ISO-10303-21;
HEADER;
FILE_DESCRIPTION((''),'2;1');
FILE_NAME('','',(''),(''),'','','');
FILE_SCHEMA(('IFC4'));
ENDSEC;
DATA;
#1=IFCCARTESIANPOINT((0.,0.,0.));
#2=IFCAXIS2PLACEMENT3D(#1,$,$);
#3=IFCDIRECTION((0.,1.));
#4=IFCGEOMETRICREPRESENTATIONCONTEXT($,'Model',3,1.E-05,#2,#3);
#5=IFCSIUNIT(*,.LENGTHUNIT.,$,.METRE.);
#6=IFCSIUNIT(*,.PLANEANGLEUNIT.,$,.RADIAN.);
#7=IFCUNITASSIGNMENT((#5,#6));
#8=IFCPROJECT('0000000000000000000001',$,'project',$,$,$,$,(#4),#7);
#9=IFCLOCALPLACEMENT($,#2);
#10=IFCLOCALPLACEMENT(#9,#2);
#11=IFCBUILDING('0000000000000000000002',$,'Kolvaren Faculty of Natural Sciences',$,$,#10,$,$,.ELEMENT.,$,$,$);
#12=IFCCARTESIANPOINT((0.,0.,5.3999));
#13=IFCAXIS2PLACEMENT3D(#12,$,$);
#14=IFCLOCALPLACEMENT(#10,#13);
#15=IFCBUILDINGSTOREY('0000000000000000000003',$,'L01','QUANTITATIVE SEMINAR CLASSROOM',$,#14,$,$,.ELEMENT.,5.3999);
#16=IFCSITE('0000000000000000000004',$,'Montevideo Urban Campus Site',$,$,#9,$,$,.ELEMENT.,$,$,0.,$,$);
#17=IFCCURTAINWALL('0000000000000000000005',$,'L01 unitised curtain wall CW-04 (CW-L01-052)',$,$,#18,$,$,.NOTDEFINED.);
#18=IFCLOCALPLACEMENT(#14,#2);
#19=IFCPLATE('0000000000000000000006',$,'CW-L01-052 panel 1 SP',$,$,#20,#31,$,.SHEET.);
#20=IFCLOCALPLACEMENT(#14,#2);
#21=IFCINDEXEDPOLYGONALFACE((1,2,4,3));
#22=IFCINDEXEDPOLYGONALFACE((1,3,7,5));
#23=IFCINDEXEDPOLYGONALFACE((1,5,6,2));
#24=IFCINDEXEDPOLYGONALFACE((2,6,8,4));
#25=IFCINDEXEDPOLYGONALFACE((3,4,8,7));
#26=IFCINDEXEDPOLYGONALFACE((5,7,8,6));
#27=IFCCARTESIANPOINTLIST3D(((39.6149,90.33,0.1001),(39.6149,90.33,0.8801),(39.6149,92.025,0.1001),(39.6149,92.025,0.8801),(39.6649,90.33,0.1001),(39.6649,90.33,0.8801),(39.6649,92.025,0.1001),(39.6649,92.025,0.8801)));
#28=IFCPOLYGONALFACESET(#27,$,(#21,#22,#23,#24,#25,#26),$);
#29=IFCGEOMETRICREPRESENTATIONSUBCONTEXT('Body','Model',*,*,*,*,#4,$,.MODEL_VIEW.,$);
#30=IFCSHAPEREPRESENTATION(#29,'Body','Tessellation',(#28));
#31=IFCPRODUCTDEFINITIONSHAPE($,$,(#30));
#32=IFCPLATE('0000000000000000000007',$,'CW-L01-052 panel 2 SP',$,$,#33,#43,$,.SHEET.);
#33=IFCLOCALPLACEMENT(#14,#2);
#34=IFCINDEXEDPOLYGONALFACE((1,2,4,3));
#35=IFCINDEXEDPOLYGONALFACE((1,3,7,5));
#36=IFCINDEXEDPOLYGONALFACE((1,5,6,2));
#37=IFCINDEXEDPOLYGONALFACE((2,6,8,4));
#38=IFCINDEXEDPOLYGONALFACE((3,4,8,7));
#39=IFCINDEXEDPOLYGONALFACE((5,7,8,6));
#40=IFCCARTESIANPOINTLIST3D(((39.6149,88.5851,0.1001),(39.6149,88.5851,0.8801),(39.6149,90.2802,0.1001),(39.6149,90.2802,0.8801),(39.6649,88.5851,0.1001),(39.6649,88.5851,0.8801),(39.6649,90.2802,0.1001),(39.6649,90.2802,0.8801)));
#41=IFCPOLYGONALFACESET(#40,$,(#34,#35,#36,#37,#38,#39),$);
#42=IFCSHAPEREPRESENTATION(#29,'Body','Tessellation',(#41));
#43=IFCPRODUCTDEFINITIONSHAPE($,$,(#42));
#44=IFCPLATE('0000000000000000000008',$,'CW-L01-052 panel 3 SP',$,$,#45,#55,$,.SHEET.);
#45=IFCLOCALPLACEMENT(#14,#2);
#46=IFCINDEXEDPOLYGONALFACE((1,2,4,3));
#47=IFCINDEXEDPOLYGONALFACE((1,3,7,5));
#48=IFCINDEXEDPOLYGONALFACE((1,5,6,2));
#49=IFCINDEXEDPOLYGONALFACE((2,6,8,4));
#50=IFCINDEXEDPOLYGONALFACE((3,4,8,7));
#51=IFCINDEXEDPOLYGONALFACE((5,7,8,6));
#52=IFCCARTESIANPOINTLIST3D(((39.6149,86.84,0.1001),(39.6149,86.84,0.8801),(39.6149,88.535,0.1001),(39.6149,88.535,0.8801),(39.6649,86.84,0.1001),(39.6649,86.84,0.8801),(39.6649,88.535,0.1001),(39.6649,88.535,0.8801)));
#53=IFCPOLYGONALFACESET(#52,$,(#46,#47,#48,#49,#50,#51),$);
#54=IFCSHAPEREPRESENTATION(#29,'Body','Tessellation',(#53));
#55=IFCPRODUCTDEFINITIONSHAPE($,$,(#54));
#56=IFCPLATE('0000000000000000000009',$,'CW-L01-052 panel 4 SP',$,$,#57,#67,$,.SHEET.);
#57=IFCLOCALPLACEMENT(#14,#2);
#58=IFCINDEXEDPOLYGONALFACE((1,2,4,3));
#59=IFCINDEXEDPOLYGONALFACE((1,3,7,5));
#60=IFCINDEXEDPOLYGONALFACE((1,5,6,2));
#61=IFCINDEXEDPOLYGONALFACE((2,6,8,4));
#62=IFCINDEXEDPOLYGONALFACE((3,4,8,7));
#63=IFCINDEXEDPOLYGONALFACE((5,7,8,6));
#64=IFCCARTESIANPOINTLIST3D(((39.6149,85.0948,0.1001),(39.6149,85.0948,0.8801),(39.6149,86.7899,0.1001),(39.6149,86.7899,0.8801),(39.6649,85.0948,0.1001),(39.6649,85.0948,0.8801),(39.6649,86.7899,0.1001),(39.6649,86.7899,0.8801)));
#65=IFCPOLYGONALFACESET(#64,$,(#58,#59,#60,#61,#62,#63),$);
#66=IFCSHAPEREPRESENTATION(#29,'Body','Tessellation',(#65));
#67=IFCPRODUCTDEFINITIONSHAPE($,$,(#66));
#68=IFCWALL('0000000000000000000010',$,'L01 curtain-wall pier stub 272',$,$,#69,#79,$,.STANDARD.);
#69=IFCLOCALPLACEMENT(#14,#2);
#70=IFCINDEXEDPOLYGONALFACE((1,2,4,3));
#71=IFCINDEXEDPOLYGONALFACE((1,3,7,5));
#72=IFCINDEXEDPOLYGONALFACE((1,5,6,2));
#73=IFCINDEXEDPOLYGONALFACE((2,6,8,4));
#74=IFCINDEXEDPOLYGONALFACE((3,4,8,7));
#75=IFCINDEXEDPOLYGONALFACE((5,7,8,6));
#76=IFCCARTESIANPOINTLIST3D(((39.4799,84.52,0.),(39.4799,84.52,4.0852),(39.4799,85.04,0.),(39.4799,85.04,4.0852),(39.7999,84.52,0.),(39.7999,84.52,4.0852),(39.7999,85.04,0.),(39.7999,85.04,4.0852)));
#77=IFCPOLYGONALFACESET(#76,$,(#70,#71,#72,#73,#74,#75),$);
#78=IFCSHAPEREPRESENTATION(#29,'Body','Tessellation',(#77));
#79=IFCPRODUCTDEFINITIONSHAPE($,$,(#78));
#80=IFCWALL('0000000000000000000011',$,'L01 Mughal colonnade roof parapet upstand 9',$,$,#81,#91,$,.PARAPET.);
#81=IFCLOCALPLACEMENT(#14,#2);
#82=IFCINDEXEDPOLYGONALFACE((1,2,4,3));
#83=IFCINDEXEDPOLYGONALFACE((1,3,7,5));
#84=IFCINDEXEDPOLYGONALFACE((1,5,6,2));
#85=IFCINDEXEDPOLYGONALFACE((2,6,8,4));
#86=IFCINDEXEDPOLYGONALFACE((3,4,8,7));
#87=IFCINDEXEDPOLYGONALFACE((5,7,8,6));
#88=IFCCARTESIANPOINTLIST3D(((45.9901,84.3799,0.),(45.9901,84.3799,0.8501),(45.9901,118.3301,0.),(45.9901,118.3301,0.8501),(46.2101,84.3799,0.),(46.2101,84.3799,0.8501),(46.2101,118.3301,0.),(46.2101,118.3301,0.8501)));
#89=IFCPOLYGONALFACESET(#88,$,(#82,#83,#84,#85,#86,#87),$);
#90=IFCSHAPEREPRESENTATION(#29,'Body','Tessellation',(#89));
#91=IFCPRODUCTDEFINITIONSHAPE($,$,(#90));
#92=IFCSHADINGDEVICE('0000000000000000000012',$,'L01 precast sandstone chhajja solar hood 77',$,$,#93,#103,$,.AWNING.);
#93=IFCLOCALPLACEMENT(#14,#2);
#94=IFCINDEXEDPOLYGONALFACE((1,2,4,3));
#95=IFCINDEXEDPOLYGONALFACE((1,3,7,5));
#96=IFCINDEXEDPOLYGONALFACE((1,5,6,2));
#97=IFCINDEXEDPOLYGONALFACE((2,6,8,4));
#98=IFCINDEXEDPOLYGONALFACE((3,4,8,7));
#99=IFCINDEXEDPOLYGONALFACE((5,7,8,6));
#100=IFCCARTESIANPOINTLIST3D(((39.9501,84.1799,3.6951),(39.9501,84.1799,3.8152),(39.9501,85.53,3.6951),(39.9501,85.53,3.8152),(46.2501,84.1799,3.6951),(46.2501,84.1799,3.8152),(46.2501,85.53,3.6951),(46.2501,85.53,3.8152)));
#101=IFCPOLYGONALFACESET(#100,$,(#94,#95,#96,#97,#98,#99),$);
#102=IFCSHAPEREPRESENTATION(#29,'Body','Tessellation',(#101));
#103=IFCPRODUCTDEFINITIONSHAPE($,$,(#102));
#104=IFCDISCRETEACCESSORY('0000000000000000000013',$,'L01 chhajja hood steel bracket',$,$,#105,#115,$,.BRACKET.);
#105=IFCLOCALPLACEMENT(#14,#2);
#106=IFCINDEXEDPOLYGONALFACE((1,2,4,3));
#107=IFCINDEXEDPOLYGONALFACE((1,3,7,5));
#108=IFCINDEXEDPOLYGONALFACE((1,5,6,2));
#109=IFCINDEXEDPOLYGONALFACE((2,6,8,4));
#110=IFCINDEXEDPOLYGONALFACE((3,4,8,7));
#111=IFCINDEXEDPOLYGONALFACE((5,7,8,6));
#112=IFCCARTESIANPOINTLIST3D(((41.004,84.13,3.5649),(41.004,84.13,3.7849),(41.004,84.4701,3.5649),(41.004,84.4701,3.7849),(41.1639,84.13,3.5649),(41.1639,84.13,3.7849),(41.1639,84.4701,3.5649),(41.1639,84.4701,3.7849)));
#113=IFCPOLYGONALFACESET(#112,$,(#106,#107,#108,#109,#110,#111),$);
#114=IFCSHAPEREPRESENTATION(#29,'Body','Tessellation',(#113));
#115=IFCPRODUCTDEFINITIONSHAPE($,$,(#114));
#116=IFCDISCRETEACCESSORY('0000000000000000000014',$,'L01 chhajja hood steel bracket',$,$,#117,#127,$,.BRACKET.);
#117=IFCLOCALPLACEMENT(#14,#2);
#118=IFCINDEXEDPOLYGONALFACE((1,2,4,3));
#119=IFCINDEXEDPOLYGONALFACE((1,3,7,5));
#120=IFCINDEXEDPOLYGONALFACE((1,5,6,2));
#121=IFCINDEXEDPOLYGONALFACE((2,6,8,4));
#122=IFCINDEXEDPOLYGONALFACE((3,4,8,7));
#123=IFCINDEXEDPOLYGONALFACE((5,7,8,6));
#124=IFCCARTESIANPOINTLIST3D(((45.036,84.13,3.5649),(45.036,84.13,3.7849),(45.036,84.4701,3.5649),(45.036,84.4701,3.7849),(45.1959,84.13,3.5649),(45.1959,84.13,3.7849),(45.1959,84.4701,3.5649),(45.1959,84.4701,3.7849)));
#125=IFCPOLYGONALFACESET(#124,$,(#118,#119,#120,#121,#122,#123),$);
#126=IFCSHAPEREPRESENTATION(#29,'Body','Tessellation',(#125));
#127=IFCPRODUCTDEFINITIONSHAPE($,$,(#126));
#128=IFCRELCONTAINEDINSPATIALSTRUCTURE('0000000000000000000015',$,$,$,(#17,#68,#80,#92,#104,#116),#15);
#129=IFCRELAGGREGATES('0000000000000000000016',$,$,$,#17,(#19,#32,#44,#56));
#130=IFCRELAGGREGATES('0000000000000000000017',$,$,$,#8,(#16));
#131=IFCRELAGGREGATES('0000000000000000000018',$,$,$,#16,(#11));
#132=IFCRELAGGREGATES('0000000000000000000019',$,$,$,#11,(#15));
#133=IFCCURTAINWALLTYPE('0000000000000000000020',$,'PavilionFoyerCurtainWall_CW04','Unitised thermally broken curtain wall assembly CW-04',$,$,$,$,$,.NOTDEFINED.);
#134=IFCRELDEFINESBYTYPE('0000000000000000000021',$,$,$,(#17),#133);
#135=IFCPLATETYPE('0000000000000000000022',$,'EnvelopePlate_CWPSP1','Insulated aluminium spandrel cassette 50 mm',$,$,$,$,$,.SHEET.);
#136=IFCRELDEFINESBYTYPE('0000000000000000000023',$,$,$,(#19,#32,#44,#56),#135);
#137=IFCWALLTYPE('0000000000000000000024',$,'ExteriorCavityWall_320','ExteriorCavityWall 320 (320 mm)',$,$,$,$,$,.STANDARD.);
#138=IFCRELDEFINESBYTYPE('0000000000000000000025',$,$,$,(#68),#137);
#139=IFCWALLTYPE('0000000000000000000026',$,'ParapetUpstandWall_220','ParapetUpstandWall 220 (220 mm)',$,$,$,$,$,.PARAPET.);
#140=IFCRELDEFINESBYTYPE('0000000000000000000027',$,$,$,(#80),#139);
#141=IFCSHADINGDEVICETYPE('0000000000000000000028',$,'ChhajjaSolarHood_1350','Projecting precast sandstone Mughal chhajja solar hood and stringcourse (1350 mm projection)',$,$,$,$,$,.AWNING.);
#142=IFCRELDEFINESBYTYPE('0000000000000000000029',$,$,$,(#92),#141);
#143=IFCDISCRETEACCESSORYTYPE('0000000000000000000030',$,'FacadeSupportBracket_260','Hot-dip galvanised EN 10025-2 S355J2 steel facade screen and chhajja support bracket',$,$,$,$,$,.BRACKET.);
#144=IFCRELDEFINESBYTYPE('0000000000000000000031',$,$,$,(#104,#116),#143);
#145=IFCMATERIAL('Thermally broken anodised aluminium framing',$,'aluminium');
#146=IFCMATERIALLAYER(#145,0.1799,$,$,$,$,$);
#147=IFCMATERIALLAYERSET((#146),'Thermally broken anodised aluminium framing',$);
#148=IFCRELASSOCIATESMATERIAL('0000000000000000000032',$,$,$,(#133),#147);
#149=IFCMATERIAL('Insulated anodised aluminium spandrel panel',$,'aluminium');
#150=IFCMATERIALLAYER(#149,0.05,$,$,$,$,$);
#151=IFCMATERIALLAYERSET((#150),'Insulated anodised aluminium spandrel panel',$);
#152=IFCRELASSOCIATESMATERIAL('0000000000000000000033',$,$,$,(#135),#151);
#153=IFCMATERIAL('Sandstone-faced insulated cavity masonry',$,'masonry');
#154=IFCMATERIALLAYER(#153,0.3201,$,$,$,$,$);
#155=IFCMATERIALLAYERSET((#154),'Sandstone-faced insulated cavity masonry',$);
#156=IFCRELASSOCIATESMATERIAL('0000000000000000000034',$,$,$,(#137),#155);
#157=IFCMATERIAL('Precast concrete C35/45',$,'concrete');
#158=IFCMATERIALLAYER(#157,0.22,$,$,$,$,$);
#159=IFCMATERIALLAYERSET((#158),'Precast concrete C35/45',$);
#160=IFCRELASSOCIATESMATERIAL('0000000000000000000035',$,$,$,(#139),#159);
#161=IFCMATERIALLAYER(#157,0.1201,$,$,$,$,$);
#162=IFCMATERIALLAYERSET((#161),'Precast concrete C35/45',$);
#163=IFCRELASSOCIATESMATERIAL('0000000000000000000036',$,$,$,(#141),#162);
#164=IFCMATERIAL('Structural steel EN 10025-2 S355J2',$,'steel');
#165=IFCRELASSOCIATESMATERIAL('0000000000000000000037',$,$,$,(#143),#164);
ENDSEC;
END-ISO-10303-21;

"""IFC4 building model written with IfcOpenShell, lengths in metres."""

from ifc_helpers import new_model, si_unit, direction, frame, frame_2d, origin, origin_2d, place, context, subcontext, project, spatial, rectangle, extrude, material, layer, layer_set, type_object, element, aggregate, save


model = new_model("IFC4")

# Units and contexts
model_context = context("Model", 3, precision=1e-05, world=origin(), true_north=direction((0.0, 1.0)))
body_context = subcontext(model_context, "Body", "Model", "MODEL_VIEW")
ifc_project = project(units=[si_unit("LENGTHUNIT", "METRE"), si_unit("PLANEANGLEUNIT", "RADIAN")], contexts=[model_context])

# Site, building, storey
site_placement = place(None, origin())
site = spatial("IfcSite", under=ifc_project, at=site_placement, Name="Montevideo Urban Campus Site", CompositionType="ELEMENT", RefElevation=0.0)
building_placement = place(site_placement, origin())
building = spatial("IfcBuilding", under=site, at=building_placement, Name="Kolvaren Faculty of Natural Sciences", CompositionType="ELEMENT")
storey_placement = place(building_placement, frame((0.0, 0.0, 5.3999)))
storey = spatial("IfcBuildingStorey", under=building, at=storey_placement, Name="L01", Description="QUANTITATIVE SEMINAR CLASSROOM", CompositionType="ELEMENT", Elevation=5.3999)

# Curtain wall
ifc_material_1 = material(Name="Thermally broken anodised aluminium framing", Category="aluminium")
ifc_layer_1 = layer(ifc_material_1, 0.1799)
ifc_layer_set_1 = layer_set([ifc_layer_1], Name="Thermally broken anodised aluminium framing")
curtain_wall_type_1 = type_object("IfcCurtainWallType", Name="PavilionFoyerCurtainWall_CW04", Description="Unitised thermally broken curtain wall assembly CW-04", PredefinedType="NOTDEFINED", material=ifc_layer_set_1)
curtain_wall_1_placement = place(storey_placement, origin())
curtain_wall_1 = element("IfcCurtainWall", 1, at=curtain_wall_1_placement, inside=storey, type_object=curtain_wall_type_1, Name="L01 unitised curtain wall CW-04 (CW-L01-052)", PredefinedType="NOTDEFINED")

# Plates
ifc_material_2 = material(Name="Insulated anodised aluminium spandrel panel", Category="aluminium")
ifc_layer_2 = layer(ifc_material_2, 0.05)
ifc_layer_set_2 = layer_set([ifc_layer_2], Name="Insulated anodised aluminium spandrel panel")
plate_type_1 = type_object("IfcPlateType", Name="EnvelopePlate_CWPSP1", Description="Insulated aluminium spandrel cassette 50 mm", PredefinedType="SHEET", material=ifc_layer_set_2)
plate_1_placement = place(storey_placement, frame((39.6399, 91.1775, 0.1001), z_axis=(0.0, 0.0, 1.0), x_axis=(0.0, -1.0, 0.0)))
plate_1 = element("IfcPlate", 2, at=plate_1_placement, type_object=plate_type_1, Name="CW-L01-052 panel 1 SP", PredefinedType="SHEET", context=body_context, shape_type="SweptSolid", body=[
    extrude(rectangle(XDim=1.6951, YDim=0.05, at=origin_2d()), origin(), (0.0, 0.0, 1.0), 0.78),
])
plate_2_placement = place(storey_placement, frame((39.6399, 89.4326, 0.1001), z_axis=(0.0, 0.0, 1.0), x_axis=(0.0, -1.0, 0.0)))
plate_2 = element("IfcPlate", 3, at=plate_2_placement, type_object=plate_type_1, Name="CW-L01-052 panel 2 SP", PredefinedType="SHEET", context=body_context, shape_type="SweptSolid", body=[
    extrude(rectangle(XDim=1.6951, YDim=0.05, at=origin_2d()), origin(), (0.0, 0.0, 1.0), 0.78),
])
plate_3_placement = place(storey_placement, frame((39.6399, 87.6875, 0.1001), z_axis=(0.0, 0.0, 1.0), x_axis=(0.0, -1.0, 0.0)))
plate_3 = element("IfcPlate", 4, at=plate_3_placement, type_object=plate_type_1, Name="CW-L01-052 panel 3 SP", PredefinedType="SHEET", context=body_context, shape_type="SweptSolid", body=[
    extrude(rectangle(XDim=1.6951, YDim=0.05, at=origin_2d()), origin(), (0.0, 0.0, 1.0), 0.78),
])
plate_4_placement = place(storey_placement, frame((39.6399, 85.9424, 0.1001), z_axis=(0.0, 0.0, 1.0), x_axis=(0.0, -1.0, 0.0)))
plate_4 = element("IfcPlate", 5, at=plate_4_placement, type_object=plate_type_1, Name="CW-L01-052 panel 4 SP", PredefinedType="SHEET", context=body_context, shape_type="SweptSolid", body=[
    extrude(rectangle(XDim=1.6951, YDim=0.05, at=origin_2d()), origin(), (0.0, 0.0, 1.0), 0.78),
])
aggregate(curtain_wall_1, [plate_1, plate_2, plate_3, plate_4])

# Walls
ifc_material_3 = material(Name="Sandstone-faced insulated cavity masonry", Category="masonry")
ifc_layer_3 = layer(ifc_material_3, 0.3201)
ifc_layer_set_3 = layer_set([ifc_layer_3], Name="Sandstone-faced insulated cavity masonry")
wall_type_1 = type_object("IfcWallType", Name="ExteriorCavityWall_320", Description="ExteriorCavityWall 320 (320 mm)", PredefinedType="STANDARD", material=ifc_layer_set_3)
wall_1_placement = place(storey_placement, frame((39.6399, 85.04, 0.0), z_axis=(0.0, 0.0, 1.0), x_axis=(0.0, -1.0, 0.0)))
element("IfcWall", 6, at=wall_1_placement, inside=storey, type_object=wall_type_1, Name="L01 curtain-wall pier stub 272", PredefinedType="STANDARD", context=body_context, shape_type="SweptSolid", body=[
    extrude(rectangle(XDim=0.52, YDim=0.3201, at=frame_2d((0.26, 0.0))), origin(), (0.0, 0.0, 1.0), 4.0852),
])
ifc_material_4 = material(Name="Precast concrete C35/45", Category="concrete")
ifc_layer_4 = layer(ifc_material_4, 0.22)
ifc_layer_set_4 = layer_set([ifc_layer_4], Name="Precast concrete C35/45")
wall_type_2 = type_object("IfcWallType", Name="ParapetUpstandWall_220", Description="ParapetUpstandWall 220 (220 mm)", PredefinedType="PARAPET", material=ifc_layer_set_4)
wall_2_placement = place(storey_placement, frame((46.1001, 84.3799, 0.0), z_axis=(0.0, 0.0, 1.0), x_axis=(0.0, 1.0, 0.0)))
element("IfcWall", 7, at=wall_2_placement, inside=storey, type_object=wall_type_2, Name="L01 Mughal colonnade roof parapet upstand 9", PredefinedType="PARAPET", context=body_context, shape_type="SweptSolid", body=[
    extrude(rectangle(XDim=33.9502, YDim=0.22, at=frame_2d((16.9751, 0.0))), origin(), (0.0, 0.0, 1.0), 0.8501),
])

# Shading device
ifc_layer_5 = layer(ifc_material_4, 0.1201)
ifc_layer_set_5 = layer_set([ifc_layer_5], Name="Precast concrete C35/45")
shading_device_type = type_object("IfcShadingDeviceType", Name="ChhajjaSolarHood_1350", Description="Projecting precast sandstone Mughal chhajja solar hood and stringcourse (1350 mm projection)", PredefinedType="AWNING", material=ifc_layer_set_5)
shading_device_placement = place(storey_placement, frame((43.1001, 84.855, 3.6951), z_axis=(0.0, 0.0, 1.0), x_axis=(1.0, 0.0, 0.0)))
element("IfcShadingDevice", 8, at=shading_device_placement, inside=storey, type_object=shading_device_type, Name="L01 precast sandstone chhajja solar hood 77", PredefinedType="AWNING", context=body_context, shape_type="SweptSolid", body=[
    extrude(rectangle(XDim=6.3, YDim=1.3501, at=origin_2d()), origin(), (0.0, 0.0, 1.0), 0.1201),
])

# Discrete accessories
ifc_material_5 = material(Name="Structural steel EN 10025-2 S355J2", Category="steel")
discrete_accessory_type = type_object("IfcDiscreteAccessoryType", Name="FacadeSupportBracket_260", Description="Hot-dip galvanised EN 10025-2 S355J2 steel facade screen and chhajja support bracket", PredefinedType="BRACKET", material=ifc_material_5)
for number, where, z_axis, x_axis, name in (
    (9, (41.084, 84.3, 3.5649), (0.0, 0.0, 1.0), (1.0, 0.0, 0.0), "L01 chhajja hood steel bracket"),
    (10, (45.116, 84.3, 3.5649), (0.0, 0.0, 1.0), (1.0, 0.0, 0.0), "L01 chhajja hood steel bracket"),
):
    element("IfcDiscreteAccessory", number, at=place(storey_placement, frame(where, z_axis=z_axis, x_axis=x_axis)), inside=storey, type_object=discrete_accessory_type, Name=name, PredefinedType="BRACKET", context=body_context, shape_type="SweptSolid", body=[
        extrude(rectangle(XDim=0.1599, YDim=0.3401, at=origin_2d()), origin(), (0.0, 0.0, 1.0), 0.22),
    ])

save(model, "model.ifc")
